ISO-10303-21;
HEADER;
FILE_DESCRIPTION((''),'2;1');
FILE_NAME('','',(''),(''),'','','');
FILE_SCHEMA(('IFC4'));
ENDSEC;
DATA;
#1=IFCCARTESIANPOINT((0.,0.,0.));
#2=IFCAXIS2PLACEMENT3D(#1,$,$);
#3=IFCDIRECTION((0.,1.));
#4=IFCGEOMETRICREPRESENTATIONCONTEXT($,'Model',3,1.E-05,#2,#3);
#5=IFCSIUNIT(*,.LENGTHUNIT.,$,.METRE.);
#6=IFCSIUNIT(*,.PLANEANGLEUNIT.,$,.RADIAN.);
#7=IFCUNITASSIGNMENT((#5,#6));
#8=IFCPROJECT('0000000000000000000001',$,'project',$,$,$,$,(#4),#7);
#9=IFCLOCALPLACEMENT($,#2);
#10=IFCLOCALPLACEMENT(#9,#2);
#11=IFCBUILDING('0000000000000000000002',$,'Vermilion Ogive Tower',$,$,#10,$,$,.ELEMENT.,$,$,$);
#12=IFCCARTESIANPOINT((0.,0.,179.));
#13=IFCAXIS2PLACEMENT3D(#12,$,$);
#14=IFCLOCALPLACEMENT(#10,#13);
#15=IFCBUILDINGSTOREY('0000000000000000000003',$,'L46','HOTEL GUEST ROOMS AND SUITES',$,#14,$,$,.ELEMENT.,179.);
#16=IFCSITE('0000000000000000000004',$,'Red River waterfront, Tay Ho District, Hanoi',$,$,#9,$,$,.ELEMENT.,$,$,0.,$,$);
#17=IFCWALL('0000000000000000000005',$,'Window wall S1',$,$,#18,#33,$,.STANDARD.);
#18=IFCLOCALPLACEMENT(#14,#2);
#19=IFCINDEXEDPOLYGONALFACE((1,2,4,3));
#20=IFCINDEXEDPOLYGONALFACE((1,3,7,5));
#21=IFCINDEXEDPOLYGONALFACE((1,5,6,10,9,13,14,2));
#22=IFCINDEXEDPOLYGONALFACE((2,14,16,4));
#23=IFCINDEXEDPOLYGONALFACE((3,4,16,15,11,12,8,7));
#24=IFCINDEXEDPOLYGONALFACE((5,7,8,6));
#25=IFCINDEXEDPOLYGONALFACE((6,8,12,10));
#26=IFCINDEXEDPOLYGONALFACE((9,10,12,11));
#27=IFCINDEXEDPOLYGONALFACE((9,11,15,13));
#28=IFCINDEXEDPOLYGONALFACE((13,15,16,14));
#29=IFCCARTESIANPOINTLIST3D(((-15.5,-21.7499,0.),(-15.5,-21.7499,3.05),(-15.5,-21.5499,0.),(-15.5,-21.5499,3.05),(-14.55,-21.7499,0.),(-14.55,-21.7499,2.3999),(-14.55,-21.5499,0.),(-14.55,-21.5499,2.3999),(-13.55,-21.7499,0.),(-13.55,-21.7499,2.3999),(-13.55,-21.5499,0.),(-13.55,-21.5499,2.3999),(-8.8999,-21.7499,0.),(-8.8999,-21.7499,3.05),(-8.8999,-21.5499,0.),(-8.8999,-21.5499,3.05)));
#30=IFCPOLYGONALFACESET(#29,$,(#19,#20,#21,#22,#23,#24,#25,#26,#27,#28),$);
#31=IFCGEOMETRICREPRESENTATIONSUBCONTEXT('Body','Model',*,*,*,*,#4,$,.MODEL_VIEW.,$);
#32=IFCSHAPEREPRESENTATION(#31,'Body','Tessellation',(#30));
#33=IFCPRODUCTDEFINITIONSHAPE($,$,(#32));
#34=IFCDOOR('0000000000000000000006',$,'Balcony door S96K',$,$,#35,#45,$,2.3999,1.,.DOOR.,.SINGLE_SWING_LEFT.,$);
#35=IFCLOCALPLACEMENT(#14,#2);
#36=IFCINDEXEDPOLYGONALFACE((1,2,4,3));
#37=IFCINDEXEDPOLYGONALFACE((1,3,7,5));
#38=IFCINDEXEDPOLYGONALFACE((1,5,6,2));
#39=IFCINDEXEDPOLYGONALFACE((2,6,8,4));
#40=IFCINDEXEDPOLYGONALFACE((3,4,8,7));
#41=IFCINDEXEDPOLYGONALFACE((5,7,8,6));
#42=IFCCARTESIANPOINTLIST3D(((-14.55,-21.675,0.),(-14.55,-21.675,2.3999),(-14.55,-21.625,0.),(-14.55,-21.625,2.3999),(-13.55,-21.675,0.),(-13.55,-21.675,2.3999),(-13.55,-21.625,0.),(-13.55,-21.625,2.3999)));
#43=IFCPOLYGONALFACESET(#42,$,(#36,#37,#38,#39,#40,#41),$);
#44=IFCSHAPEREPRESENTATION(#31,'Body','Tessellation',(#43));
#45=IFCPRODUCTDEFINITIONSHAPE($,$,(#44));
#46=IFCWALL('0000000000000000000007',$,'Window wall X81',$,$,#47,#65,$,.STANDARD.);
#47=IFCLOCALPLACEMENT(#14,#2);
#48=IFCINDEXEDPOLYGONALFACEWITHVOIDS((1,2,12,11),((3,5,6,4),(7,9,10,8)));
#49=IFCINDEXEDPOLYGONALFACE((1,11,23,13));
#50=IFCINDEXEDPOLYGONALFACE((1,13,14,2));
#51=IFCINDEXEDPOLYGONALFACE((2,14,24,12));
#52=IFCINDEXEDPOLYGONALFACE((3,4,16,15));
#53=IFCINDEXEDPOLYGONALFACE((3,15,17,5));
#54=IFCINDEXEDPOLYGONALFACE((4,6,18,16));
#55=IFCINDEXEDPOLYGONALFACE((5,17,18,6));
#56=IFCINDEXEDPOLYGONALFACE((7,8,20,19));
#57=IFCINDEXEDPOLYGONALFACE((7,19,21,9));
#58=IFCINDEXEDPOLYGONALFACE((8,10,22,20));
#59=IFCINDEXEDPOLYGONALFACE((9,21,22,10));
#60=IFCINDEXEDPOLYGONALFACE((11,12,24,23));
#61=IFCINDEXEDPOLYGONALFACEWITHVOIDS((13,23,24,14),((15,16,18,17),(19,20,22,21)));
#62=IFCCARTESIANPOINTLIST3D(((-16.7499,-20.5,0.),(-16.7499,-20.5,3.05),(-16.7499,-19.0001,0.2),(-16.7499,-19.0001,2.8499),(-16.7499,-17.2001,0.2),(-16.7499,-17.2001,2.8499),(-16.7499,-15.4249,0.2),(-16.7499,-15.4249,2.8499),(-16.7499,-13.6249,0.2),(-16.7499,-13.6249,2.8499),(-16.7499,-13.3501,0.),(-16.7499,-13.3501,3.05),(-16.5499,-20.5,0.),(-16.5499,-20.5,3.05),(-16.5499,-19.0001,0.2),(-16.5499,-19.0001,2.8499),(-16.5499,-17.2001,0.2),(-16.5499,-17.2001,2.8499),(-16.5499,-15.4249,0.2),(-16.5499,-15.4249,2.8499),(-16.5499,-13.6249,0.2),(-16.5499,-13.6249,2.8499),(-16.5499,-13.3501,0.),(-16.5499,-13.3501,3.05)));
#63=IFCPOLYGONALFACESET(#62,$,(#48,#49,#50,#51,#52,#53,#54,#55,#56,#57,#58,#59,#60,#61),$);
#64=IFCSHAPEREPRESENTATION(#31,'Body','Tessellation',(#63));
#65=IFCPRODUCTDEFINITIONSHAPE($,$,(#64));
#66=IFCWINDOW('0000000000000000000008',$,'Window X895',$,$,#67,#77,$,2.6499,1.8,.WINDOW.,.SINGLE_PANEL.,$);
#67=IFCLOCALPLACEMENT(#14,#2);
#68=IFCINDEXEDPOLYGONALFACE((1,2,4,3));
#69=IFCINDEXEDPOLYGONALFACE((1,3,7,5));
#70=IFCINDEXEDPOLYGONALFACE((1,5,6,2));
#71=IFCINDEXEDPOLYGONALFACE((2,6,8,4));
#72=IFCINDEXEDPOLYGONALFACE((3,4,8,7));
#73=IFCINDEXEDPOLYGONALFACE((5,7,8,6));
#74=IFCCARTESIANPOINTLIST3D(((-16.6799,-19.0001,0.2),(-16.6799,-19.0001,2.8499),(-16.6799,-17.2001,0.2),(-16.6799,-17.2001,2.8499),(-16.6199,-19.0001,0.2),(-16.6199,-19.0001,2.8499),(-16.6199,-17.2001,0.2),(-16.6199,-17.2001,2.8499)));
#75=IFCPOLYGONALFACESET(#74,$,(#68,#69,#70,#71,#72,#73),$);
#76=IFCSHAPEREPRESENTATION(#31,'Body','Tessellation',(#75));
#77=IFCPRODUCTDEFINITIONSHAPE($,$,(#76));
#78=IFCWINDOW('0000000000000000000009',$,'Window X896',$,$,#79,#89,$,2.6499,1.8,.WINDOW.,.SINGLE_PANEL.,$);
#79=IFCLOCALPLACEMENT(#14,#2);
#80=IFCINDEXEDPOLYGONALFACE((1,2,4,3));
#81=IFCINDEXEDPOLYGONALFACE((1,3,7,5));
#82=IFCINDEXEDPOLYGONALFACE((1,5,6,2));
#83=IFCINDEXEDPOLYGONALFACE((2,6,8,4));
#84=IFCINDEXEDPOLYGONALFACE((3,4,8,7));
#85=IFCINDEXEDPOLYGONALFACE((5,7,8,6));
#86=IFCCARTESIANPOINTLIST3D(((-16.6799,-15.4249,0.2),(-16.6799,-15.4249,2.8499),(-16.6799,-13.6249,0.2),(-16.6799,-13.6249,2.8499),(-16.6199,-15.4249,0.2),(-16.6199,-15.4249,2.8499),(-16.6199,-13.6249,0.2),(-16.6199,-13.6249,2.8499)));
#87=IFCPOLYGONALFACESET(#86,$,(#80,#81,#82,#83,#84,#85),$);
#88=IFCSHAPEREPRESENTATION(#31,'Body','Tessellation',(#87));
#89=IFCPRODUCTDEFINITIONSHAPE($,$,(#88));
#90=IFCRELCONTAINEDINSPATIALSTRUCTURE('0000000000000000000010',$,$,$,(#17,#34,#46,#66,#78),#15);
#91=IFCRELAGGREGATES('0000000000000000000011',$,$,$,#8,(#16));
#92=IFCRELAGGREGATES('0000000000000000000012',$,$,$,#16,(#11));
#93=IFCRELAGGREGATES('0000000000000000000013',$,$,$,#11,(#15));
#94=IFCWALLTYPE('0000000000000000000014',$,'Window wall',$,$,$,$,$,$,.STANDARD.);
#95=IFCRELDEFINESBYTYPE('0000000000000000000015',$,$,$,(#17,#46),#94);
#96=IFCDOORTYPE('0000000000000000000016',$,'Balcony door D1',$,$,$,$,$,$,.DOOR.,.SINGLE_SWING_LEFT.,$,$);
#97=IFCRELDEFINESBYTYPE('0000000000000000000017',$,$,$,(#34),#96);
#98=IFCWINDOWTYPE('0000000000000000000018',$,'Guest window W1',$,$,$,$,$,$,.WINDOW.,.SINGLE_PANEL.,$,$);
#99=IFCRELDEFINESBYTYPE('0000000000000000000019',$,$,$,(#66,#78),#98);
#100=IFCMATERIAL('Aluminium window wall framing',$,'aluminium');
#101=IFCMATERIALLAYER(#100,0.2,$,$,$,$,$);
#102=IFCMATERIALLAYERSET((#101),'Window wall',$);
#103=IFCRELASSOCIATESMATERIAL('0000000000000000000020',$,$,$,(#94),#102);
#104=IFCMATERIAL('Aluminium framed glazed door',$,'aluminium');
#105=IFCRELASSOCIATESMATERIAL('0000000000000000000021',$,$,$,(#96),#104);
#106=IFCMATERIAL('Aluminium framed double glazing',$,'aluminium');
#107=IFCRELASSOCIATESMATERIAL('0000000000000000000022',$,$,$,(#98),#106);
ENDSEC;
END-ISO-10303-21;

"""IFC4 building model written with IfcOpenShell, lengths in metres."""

from ifc_helpers import new_model, si_unit, direction, frame, frame_2d, origin, place, context, subcontext, project, spatial, rectangle, extrude, material, layer, layer_set, type_object, element, fill, save


model = new_model("IFC4")

# Units and contexts
model_context = context("Model", 3, precision=1e-05, world=origin(), true_north=direction((0.0, 1.0)))
body_context = subcontext(model_context, "Body", "Model", "MODEL_VIEW")
ifc_project = project(units=[si_unit("LENGTHUNIT", "METRE"), si_unit("PLANEANGLEUNIT", "RADIAN")], contexts=[model_context])

# Site, building, storey
site_placement = place(None, origin())
site = spatial("IfcSite", under=ifc_project, at=site_placement, Name="Red River waterfront, Tay Ho District, Hanoi", CompositionType="ELEMENT", RefElevation=0.0)
building_placement = place(site_placement, origin())
building = spatial("IfcBuilding", under=site, at=building_placement, Name="Vermilion Ogive Tower", CompositionType="ELEMENT")
storey_placement = place(building_placement, frame((0.0, 0.0, 179.0)))
storey = spatial("IfcBuildingStorey", under=building, at=storey_placement, Name="L46", Description="HOTEL GUEST ROOMS AND SUITES", CompositionType="ELEMENT", Elevation=179.0)

# Wall, opening, door
ifc_material_1 = material(Name="Aluminium window wall framing", Category="aluminium")
ifc_layer_1 = layer(ifc_material_1, 0.2)
ifc_layer_set_1 = layer_set([ifc_layer_1], Name="Window wall")
wall_type_1 = type_object("IfcWallType", Name="Window wall", PredefinedType="STANDARD", material=ifc_layer_set_1)
wall_1_placement = place(storey_placement, frame((-15.5, -21.6499, 0.0), z_axis=(0.0, 0.0, 1.0), x_axis=(1.0, 0.0, 0.0)))
wall_1 = element("IfcWall", 1, at=wall_1_placement, inside=storey, type_object=wall_type_1, Name="Window wall S1", PredefinedType="STANDARD", context=body_context, shape_type="SweptSolid", body=[
    extrude(rectangle(XDim=6.6001, YDim=0.2, at=frame_2d((3.3, 0.0))), origin(), (0.0, 0.0, 1.0), 3.05),
])
opening_1_placement = place(wall_1_placement, frame((0.95, 0.0, 0.0)))
opening_1 = element("IfcOpeningElement", 2, at=opening_1_placement, cuts=wall_1, PredefinedType="OPENING", context=body_context, shape_type="SweptSolid", body=[
    extrude(rectangle(XDim=1.0, YDim=2.3999, at=frame_2d((0.5, 1.2))), frame((0.0, 0.1099, 0.0), z_axis=(0.0, -1.0, 0.0), x_axis=(1.0, 0.0, 0.0)), (0.0, 0.0, 1.0), 0.22),
])
ifc_material_2 = material(Name="Aluminium framed glazed door", Category="aluminium")
door_type_1 = type_object("IfcDoorType", Name="Balcony door D1", OperationType="SINGLE_SWING_LEFT", PredefinedType="DOOR", material=ifc_material_2)
door_1_placement = place(opening_1_placement, origin())
door_1 = element("IfcDoor", 3, at=door_1_placement, inside=storey, type_object=door_type_1, Name="Balcony door S96K", OperationType="SINGLE_SWING_LEFT", OverallHeight=2.3999, OverallWidth=1.0, PredefinedType="DOOR", context=body_context, shape_type="SweptSolid", body=[
    extrude(rectangle(XDim=1.0, YDim=2.3999, at=frame_2d((0.5, 1.2))), frame((0.0, 0.0249, 0.0), z_axis=(0.0, -1.0, 0.0), x_axis=(1.0, 0.0, 0.0)), (0.0, 0.0, 1.0), 0.05),
])
fill(opening_1, door_1)

# Wall, openings, windows
wall_2_placement = place(storey_placement, frame((-16.6499, -13.3501, 0.0), z_axis=(0.0, 0.0, 1.0), x_axis=(0.0, -1.0, 0.0)))
wall_2 = element("IfcWall", 4, at=wall_2_placement, inside=storey, type_object=wall_type_1, Name="Window wall X81", PredefinedType="STANDARD", context=body_context, shape_type="SweptSolid", body=[
    extrude(rectangle(XDim=7.1499, YDim=0.2, at=frame_2d((3.575, 0.0))), origin(), (0.0, 0.0, 1.0), 3.05),
])
opening_2_placement = place(wall_2_placement, frame((3.8501, 0.0, 0.2)))
opening_2 = element("IfcOpeningElement", 5, at=opening_2_placement, cuts=wall_2, PredefinedType="OPENING", context=body_context, shape_type="SweptSolid", body=[
    extrude(rectangle(XDim=1.8, YDim=2.6499, at=frame_2d((0.8999, 1.325))), frame((0.0, 0.1099, 0.0), z_axis=(0.0, -1.0, 0.0), x_axis=(1.0, 0.0, 0.0)), (0.0, 0.0, 1.0), 0.22),
])
opening_3_placement = place(wall_2_placement, frame((0.2749, 0.0, 0.2)))
opening_3 = element("IfcOpeningElement", 6, at=opening_3_placement, cuts=wall_2, PredefinedType="OPENING", context=body_context, shape_type="SweptSolid", body=[
    extrude(rectangle(XDim=1.8, YDim=2.6499, at=frame_2d((0.8999, 1.325))), frame((0.0, 0.1099, 0.0), z_axis=(0.0, -1.0, 0.0), x_axis=(1.0, 0.0, 0.0)), (0.0, 0.0, 1.0), 0.22),
])
ifc_material_3 = material(Name="Aluminium framed double glazing", Category="aluminium")
window_type = type_object("IfcWindowType", Name="Guest window W1", PartitioningType="SINGLE_PANEL", PredefinedType="WINDOW", material=ifc_material_3)
window_1_placement = place(opening_2_placement, origin())
window_1 = element("IfcWindow", 7, at=window_1_placement, inside=storey, type_object=window_type, Name="Window X895", OverallHeight=2.6499, OverallWidth=1.8, PartitioningType="SINGLE_PANEL", PredefinedType="WINDOW", context=body_context, shape_type="SweptSolid", body=[
    extrude(rectangle(XDim=1.8, YDim=2.6499, at=frame_2d((0.8999, 1.325))), frame((0.0, 0.03, 0.0), z_axis=(0.0, -1.0, 0.0), x_axis=(1.0, 0.0, 0.0)), (0.0, 0.0, 1.0), 0.0601),
])
fill(opening_2, window_1)
window_2_placement = place(opening_3_placement, origin())
window_2 = element("IfcWindow", 8, at=window_2_placement, inside=storey, type_object=window_type, Name="Window X896", OverallHeight=2.6499, OverallWidth=1.8, PartitioningType="SINGLE_PANEL", PredefinedType="WINDOW", context=body_context, shape_type="SweptSolid", body=[
    extrude(rectangle(XDim=1.8, YDim=2.6499, at=frame_2d((0.8999, 1.325))), frame((0.0, 0.03, 0.0), z_axis=(0.0, -1.0, 0.0), x_axis=(1.0, 0.0, 0.0)), (0.0, 0.0, 1.0), 0.0601),
])
fill(opening_3, window_2)

save(model, "model.ifc")
